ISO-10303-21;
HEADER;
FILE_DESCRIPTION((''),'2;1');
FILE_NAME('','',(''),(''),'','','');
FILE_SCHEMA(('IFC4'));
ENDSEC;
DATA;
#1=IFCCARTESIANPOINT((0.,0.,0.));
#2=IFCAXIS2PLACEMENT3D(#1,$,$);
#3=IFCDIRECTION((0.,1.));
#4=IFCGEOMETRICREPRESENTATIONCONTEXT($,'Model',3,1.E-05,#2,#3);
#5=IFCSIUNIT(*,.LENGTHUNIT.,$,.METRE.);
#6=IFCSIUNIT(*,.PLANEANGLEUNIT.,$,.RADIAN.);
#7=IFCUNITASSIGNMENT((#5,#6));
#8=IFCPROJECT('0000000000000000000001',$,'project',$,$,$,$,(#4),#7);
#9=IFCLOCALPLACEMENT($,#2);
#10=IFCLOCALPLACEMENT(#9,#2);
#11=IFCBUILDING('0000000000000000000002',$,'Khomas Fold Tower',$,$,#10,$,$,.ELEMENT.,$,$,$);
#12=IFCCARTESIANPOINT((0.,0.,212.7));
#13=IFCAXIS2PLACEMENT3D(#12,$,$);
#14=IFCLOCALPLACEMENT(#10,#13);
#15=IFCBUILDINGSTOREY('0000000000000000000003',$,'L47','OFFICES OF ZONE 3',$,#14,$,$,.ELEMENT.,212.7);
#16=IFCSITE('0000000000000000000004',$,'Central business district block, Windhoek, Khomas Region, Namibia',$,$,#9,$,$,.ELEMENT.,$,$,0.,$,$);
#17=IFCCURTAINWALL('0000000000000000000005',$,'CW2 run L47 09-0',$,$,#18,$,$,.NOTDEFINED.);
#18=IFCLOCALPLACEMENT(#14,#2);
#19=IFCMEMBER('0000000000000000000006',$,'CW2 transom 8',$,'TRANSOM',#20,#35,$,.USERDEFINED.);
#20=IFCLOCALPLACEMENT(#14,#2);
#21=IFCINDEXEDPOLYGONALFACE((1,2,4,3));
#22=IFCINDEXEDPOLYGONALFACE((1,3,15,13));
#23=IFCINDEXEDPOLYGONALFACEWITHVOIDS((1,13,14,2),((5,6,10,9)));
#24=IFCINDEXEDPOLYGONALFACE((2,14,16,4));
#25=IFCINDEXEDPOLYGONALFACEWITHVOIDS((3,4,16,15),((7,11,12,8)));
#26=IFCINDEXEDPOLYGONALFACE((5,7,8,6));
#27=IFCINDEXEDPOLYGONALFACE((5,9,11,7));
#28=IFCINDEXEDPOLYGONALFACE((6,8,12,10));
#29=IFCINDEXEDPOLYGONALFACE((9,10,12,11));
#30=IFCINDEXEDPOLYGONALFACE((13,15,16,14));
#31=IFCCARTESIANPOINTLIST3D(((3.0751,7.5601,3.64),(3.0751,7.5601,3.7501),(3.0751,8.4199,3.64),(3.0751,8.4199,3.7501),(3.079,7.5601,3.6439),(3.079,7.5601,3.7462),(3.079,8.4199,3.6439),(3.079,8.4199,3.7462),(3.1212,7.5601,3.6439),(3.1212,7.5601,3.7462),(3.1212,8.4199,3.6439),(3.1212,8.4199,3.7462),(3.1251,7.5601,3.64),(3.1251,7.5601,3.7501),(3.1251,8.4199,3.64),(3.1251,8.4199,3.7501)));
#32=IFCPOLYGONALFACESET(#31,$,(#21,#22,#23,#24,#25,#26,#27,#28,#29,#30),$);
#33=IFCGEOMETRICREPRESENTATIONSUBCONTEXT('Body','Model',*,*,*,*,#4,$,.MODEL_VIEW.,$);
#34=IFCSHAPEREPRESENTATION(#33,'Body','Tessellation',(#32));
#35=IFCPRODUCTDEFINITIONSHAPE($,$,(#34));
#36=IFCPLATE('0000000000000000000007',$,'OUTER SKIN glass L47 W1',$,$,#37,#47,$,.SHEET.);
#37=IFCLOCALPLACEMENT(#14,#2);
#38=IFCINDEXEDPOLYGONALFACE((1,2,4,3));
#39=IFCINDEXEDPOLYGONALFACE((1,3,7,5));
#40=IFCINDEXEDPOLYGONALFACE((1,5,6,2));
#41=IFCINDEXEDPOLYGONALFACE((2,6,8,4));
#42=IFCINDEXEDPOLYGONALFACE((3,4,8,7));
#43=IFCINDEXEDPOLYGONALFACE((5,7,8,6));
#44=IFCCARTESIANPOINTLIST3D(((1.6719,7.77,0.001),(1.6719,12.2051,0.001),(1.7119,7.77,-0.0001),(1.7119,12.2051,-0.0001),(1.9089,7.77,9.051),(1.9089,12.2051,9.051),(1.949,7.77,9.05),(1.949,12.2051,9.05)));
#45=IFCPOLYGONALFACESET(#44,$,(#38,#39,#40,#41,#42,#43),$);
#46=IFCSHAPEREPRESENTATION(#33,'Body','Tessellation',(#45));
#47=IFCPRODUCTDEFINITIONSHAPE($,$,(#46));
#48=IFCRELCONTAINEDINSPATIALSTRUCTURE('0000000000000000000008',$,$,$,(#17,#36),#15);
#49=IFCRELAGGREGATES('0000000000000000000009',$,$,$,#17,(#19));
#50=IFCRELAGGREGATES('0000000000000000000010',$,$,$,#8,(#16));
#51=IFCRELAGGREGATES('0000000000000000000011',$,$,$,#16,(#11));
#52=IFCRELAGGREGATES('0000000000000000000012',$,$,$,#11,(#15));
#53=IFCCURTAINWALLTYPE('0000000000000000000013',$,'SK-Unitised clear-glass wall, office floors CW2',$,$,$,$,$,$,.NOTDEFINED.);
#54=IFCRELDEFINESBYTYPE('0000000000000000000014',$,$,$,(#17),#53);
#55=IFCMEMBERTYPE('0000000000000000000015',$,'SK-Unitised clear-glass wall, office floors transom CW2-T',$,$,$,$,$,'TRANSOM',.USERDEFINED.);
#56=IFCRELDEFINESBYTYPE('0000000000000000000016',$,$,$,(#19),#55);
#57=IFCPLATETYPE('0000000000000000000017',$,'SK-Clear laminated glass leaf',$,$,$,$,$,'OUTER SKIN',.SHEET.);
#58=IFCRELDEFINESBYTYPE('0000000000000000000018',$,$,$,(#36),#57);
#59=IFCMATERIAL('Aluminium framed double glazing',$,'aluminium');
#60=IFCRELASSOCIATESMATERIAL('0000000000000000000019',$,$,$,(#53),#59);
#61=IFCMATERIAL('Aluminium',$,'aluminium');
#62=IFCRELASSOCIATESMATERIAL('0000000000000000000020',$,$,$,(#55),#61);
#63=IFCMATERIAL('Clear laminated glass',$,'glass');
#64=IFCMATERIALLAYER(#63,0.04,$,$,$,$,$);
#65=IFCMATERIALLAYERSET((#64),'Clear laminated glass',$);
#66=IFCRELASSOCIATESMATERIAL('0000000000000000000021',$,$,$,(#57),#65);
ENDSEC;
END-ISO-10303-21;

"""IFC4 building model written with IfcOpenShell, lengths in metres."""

from ifc_helpers import new_model, si_unit, direction, frame, origin, origin_2d, place, context, subcontext, project, spatial, polyline, hollow_rectangle, outline, extrude, source, transform, mapped, material, layer, layer_set, material_profile, profile_set, type_object, element, aggregate, save


model = new_model("IFC4")

# Units and contexts
model_context = context("Model", 3, precision=1e-05, world=origin(), true_north=direction((0.0, 1.0)))
body_context = subcontext(model_context, "Body", "Model", "MODEL_VIEW")
ifc_project = project(units=[si_unit("LENGTHUNIT", "METRE"), si_unit("PLANEANGLEUNIT", "RADIAN")], contexts=[model_context])

# Site, building, storey
site_placement = place(None, origin())
site = spatial("IfcSite", under=ifc_project, at=site_placement, Name="Central business district block, Windhoek, Khomas Region, Namibia", CompositionType="ELEMENT", RefElevation=0.0)
building_placement = place(site_placement, origin())
building = spatial("IfcBuilding", under=site, at=building_placement, Name="Khomas Fold Tower", CompositionType="ELEMENT")
storey_placement = place(building_placement, frame((0.0, 0.0, 212.7)))
storey = spatial("IfcBuildingStorey", under=building, at=storey_placement, Name="L47", Description="OFFICES OF ZONE 3", CompositionType="ELEMENT", Elevation=212.7)

# Curtain wall
ifc_material_1 = material(Name="Aluminium framed double glazing", Category="aluminium")
curtain_wall_type = type_object("IfcCurtainWallType", Name="SK-Unitised clear-glass wall, office floors CW2", PredefinedType="NOTDEFINED", material=ifc_material_1)
curtain_wall_1_placement = place(storey_placement, origin())
curtain_wall_1 = element("IfcCurtainWall", 1, at=curtain_wall_1_placement, inside=storey, type_object=curtain_wall_type, Name="CW2 run L47 09-0", PredefinedType="NOTDEFINED")
ifc_material_2 = material(Name="Aluminium", Category="aluminium")
ifc_material_profile_1 = material_profile(ifc_material_2, hollow_rectangle(XDim=0.05, YDim=0.1101, WallThickness=0.0039, at=origin_2d()), Name="SK-Unitised clear-glass wall, office floors transom CW2-T")
ifc_profile_set_1 = profile_set([ifc_material_profile_1], Name="Aluminium")
member_type_1 = type_object("IfcMemberType", Name="SK-Unitised clear-glass wall, office floors transom CW2-T", ElementType="TRANSOM", PredefinedType="USERDEFINED", material=ifc_profile_set_1)

# Member
shared_shape_1 = source(origin(), body_context, "Body", "SweptSolid", [
    extrude(hollow_rectangle(XDim=0.05, YDim=0.1101, WallThickness=0.0039, at=origin_2d()), origin(), (0.0, 0.0, 1.0), 0.8599),
])
member_1_placement = place(storey_placement, frame((3.1001, 8.4199, 3.6951), z_axis=(0.0, -1.0, 0.0), x_axis=(1.0, 0.0, 0.0)))
member_1 = element("IfcMember", 2, at=member_1_placement, type_object=member_type_1, Name="CW2 transom 8", ObjectType="TRANSOM", PredefinedType="USERDEFINED", context=body_context, shape_type="MappedRepresentation", body=[
    mapped(shared_shape_1, transform((0.0, 0.0, 0.0))),
])

# Plate
ifc_material_3 = material(Name="Clear laminated glass", Category="glass")
ifc_layer_1 = layer(ifc_material_3, 0.04)
ifc_layer_set_1 = layer_set([ifc_layer_1], Name="Clear laminated glass")
plate_type_1 = type_object("IfcPlateType", Name="SK-Clear laminated glass leaf", ElementType="OUTER SKIN", PredefinedType="SHEET", material=ifc_layer_set_1)
plate_1_placement = place(storey_placement, frame((1.6719, 7.77, 0.001), z_axis=(-0.999657, 0.0, 0.026185), x_axis=(0.0, 1.0, 0.0)))
element("IfcPlate", 3, at=plate_1_placement, inside=storey, type_object=plate_type_1, Name="OUTER SKIN glass L47 W1", PredefinedType="SHEET", context=body_context, shape_type="SweptSolid", body=[
    extrude(outline(polyline([(0.0, 0.0), (4.4351, 0.0), (4.4351, -9.0532), (0.0, -9.0532), (0.0, 0.0)])), origin(), (0.0, 0.0, -1.0), 0.04),
])

aggregate(curtain_wall_1, [member_1])

save(model, "model.ifc")
